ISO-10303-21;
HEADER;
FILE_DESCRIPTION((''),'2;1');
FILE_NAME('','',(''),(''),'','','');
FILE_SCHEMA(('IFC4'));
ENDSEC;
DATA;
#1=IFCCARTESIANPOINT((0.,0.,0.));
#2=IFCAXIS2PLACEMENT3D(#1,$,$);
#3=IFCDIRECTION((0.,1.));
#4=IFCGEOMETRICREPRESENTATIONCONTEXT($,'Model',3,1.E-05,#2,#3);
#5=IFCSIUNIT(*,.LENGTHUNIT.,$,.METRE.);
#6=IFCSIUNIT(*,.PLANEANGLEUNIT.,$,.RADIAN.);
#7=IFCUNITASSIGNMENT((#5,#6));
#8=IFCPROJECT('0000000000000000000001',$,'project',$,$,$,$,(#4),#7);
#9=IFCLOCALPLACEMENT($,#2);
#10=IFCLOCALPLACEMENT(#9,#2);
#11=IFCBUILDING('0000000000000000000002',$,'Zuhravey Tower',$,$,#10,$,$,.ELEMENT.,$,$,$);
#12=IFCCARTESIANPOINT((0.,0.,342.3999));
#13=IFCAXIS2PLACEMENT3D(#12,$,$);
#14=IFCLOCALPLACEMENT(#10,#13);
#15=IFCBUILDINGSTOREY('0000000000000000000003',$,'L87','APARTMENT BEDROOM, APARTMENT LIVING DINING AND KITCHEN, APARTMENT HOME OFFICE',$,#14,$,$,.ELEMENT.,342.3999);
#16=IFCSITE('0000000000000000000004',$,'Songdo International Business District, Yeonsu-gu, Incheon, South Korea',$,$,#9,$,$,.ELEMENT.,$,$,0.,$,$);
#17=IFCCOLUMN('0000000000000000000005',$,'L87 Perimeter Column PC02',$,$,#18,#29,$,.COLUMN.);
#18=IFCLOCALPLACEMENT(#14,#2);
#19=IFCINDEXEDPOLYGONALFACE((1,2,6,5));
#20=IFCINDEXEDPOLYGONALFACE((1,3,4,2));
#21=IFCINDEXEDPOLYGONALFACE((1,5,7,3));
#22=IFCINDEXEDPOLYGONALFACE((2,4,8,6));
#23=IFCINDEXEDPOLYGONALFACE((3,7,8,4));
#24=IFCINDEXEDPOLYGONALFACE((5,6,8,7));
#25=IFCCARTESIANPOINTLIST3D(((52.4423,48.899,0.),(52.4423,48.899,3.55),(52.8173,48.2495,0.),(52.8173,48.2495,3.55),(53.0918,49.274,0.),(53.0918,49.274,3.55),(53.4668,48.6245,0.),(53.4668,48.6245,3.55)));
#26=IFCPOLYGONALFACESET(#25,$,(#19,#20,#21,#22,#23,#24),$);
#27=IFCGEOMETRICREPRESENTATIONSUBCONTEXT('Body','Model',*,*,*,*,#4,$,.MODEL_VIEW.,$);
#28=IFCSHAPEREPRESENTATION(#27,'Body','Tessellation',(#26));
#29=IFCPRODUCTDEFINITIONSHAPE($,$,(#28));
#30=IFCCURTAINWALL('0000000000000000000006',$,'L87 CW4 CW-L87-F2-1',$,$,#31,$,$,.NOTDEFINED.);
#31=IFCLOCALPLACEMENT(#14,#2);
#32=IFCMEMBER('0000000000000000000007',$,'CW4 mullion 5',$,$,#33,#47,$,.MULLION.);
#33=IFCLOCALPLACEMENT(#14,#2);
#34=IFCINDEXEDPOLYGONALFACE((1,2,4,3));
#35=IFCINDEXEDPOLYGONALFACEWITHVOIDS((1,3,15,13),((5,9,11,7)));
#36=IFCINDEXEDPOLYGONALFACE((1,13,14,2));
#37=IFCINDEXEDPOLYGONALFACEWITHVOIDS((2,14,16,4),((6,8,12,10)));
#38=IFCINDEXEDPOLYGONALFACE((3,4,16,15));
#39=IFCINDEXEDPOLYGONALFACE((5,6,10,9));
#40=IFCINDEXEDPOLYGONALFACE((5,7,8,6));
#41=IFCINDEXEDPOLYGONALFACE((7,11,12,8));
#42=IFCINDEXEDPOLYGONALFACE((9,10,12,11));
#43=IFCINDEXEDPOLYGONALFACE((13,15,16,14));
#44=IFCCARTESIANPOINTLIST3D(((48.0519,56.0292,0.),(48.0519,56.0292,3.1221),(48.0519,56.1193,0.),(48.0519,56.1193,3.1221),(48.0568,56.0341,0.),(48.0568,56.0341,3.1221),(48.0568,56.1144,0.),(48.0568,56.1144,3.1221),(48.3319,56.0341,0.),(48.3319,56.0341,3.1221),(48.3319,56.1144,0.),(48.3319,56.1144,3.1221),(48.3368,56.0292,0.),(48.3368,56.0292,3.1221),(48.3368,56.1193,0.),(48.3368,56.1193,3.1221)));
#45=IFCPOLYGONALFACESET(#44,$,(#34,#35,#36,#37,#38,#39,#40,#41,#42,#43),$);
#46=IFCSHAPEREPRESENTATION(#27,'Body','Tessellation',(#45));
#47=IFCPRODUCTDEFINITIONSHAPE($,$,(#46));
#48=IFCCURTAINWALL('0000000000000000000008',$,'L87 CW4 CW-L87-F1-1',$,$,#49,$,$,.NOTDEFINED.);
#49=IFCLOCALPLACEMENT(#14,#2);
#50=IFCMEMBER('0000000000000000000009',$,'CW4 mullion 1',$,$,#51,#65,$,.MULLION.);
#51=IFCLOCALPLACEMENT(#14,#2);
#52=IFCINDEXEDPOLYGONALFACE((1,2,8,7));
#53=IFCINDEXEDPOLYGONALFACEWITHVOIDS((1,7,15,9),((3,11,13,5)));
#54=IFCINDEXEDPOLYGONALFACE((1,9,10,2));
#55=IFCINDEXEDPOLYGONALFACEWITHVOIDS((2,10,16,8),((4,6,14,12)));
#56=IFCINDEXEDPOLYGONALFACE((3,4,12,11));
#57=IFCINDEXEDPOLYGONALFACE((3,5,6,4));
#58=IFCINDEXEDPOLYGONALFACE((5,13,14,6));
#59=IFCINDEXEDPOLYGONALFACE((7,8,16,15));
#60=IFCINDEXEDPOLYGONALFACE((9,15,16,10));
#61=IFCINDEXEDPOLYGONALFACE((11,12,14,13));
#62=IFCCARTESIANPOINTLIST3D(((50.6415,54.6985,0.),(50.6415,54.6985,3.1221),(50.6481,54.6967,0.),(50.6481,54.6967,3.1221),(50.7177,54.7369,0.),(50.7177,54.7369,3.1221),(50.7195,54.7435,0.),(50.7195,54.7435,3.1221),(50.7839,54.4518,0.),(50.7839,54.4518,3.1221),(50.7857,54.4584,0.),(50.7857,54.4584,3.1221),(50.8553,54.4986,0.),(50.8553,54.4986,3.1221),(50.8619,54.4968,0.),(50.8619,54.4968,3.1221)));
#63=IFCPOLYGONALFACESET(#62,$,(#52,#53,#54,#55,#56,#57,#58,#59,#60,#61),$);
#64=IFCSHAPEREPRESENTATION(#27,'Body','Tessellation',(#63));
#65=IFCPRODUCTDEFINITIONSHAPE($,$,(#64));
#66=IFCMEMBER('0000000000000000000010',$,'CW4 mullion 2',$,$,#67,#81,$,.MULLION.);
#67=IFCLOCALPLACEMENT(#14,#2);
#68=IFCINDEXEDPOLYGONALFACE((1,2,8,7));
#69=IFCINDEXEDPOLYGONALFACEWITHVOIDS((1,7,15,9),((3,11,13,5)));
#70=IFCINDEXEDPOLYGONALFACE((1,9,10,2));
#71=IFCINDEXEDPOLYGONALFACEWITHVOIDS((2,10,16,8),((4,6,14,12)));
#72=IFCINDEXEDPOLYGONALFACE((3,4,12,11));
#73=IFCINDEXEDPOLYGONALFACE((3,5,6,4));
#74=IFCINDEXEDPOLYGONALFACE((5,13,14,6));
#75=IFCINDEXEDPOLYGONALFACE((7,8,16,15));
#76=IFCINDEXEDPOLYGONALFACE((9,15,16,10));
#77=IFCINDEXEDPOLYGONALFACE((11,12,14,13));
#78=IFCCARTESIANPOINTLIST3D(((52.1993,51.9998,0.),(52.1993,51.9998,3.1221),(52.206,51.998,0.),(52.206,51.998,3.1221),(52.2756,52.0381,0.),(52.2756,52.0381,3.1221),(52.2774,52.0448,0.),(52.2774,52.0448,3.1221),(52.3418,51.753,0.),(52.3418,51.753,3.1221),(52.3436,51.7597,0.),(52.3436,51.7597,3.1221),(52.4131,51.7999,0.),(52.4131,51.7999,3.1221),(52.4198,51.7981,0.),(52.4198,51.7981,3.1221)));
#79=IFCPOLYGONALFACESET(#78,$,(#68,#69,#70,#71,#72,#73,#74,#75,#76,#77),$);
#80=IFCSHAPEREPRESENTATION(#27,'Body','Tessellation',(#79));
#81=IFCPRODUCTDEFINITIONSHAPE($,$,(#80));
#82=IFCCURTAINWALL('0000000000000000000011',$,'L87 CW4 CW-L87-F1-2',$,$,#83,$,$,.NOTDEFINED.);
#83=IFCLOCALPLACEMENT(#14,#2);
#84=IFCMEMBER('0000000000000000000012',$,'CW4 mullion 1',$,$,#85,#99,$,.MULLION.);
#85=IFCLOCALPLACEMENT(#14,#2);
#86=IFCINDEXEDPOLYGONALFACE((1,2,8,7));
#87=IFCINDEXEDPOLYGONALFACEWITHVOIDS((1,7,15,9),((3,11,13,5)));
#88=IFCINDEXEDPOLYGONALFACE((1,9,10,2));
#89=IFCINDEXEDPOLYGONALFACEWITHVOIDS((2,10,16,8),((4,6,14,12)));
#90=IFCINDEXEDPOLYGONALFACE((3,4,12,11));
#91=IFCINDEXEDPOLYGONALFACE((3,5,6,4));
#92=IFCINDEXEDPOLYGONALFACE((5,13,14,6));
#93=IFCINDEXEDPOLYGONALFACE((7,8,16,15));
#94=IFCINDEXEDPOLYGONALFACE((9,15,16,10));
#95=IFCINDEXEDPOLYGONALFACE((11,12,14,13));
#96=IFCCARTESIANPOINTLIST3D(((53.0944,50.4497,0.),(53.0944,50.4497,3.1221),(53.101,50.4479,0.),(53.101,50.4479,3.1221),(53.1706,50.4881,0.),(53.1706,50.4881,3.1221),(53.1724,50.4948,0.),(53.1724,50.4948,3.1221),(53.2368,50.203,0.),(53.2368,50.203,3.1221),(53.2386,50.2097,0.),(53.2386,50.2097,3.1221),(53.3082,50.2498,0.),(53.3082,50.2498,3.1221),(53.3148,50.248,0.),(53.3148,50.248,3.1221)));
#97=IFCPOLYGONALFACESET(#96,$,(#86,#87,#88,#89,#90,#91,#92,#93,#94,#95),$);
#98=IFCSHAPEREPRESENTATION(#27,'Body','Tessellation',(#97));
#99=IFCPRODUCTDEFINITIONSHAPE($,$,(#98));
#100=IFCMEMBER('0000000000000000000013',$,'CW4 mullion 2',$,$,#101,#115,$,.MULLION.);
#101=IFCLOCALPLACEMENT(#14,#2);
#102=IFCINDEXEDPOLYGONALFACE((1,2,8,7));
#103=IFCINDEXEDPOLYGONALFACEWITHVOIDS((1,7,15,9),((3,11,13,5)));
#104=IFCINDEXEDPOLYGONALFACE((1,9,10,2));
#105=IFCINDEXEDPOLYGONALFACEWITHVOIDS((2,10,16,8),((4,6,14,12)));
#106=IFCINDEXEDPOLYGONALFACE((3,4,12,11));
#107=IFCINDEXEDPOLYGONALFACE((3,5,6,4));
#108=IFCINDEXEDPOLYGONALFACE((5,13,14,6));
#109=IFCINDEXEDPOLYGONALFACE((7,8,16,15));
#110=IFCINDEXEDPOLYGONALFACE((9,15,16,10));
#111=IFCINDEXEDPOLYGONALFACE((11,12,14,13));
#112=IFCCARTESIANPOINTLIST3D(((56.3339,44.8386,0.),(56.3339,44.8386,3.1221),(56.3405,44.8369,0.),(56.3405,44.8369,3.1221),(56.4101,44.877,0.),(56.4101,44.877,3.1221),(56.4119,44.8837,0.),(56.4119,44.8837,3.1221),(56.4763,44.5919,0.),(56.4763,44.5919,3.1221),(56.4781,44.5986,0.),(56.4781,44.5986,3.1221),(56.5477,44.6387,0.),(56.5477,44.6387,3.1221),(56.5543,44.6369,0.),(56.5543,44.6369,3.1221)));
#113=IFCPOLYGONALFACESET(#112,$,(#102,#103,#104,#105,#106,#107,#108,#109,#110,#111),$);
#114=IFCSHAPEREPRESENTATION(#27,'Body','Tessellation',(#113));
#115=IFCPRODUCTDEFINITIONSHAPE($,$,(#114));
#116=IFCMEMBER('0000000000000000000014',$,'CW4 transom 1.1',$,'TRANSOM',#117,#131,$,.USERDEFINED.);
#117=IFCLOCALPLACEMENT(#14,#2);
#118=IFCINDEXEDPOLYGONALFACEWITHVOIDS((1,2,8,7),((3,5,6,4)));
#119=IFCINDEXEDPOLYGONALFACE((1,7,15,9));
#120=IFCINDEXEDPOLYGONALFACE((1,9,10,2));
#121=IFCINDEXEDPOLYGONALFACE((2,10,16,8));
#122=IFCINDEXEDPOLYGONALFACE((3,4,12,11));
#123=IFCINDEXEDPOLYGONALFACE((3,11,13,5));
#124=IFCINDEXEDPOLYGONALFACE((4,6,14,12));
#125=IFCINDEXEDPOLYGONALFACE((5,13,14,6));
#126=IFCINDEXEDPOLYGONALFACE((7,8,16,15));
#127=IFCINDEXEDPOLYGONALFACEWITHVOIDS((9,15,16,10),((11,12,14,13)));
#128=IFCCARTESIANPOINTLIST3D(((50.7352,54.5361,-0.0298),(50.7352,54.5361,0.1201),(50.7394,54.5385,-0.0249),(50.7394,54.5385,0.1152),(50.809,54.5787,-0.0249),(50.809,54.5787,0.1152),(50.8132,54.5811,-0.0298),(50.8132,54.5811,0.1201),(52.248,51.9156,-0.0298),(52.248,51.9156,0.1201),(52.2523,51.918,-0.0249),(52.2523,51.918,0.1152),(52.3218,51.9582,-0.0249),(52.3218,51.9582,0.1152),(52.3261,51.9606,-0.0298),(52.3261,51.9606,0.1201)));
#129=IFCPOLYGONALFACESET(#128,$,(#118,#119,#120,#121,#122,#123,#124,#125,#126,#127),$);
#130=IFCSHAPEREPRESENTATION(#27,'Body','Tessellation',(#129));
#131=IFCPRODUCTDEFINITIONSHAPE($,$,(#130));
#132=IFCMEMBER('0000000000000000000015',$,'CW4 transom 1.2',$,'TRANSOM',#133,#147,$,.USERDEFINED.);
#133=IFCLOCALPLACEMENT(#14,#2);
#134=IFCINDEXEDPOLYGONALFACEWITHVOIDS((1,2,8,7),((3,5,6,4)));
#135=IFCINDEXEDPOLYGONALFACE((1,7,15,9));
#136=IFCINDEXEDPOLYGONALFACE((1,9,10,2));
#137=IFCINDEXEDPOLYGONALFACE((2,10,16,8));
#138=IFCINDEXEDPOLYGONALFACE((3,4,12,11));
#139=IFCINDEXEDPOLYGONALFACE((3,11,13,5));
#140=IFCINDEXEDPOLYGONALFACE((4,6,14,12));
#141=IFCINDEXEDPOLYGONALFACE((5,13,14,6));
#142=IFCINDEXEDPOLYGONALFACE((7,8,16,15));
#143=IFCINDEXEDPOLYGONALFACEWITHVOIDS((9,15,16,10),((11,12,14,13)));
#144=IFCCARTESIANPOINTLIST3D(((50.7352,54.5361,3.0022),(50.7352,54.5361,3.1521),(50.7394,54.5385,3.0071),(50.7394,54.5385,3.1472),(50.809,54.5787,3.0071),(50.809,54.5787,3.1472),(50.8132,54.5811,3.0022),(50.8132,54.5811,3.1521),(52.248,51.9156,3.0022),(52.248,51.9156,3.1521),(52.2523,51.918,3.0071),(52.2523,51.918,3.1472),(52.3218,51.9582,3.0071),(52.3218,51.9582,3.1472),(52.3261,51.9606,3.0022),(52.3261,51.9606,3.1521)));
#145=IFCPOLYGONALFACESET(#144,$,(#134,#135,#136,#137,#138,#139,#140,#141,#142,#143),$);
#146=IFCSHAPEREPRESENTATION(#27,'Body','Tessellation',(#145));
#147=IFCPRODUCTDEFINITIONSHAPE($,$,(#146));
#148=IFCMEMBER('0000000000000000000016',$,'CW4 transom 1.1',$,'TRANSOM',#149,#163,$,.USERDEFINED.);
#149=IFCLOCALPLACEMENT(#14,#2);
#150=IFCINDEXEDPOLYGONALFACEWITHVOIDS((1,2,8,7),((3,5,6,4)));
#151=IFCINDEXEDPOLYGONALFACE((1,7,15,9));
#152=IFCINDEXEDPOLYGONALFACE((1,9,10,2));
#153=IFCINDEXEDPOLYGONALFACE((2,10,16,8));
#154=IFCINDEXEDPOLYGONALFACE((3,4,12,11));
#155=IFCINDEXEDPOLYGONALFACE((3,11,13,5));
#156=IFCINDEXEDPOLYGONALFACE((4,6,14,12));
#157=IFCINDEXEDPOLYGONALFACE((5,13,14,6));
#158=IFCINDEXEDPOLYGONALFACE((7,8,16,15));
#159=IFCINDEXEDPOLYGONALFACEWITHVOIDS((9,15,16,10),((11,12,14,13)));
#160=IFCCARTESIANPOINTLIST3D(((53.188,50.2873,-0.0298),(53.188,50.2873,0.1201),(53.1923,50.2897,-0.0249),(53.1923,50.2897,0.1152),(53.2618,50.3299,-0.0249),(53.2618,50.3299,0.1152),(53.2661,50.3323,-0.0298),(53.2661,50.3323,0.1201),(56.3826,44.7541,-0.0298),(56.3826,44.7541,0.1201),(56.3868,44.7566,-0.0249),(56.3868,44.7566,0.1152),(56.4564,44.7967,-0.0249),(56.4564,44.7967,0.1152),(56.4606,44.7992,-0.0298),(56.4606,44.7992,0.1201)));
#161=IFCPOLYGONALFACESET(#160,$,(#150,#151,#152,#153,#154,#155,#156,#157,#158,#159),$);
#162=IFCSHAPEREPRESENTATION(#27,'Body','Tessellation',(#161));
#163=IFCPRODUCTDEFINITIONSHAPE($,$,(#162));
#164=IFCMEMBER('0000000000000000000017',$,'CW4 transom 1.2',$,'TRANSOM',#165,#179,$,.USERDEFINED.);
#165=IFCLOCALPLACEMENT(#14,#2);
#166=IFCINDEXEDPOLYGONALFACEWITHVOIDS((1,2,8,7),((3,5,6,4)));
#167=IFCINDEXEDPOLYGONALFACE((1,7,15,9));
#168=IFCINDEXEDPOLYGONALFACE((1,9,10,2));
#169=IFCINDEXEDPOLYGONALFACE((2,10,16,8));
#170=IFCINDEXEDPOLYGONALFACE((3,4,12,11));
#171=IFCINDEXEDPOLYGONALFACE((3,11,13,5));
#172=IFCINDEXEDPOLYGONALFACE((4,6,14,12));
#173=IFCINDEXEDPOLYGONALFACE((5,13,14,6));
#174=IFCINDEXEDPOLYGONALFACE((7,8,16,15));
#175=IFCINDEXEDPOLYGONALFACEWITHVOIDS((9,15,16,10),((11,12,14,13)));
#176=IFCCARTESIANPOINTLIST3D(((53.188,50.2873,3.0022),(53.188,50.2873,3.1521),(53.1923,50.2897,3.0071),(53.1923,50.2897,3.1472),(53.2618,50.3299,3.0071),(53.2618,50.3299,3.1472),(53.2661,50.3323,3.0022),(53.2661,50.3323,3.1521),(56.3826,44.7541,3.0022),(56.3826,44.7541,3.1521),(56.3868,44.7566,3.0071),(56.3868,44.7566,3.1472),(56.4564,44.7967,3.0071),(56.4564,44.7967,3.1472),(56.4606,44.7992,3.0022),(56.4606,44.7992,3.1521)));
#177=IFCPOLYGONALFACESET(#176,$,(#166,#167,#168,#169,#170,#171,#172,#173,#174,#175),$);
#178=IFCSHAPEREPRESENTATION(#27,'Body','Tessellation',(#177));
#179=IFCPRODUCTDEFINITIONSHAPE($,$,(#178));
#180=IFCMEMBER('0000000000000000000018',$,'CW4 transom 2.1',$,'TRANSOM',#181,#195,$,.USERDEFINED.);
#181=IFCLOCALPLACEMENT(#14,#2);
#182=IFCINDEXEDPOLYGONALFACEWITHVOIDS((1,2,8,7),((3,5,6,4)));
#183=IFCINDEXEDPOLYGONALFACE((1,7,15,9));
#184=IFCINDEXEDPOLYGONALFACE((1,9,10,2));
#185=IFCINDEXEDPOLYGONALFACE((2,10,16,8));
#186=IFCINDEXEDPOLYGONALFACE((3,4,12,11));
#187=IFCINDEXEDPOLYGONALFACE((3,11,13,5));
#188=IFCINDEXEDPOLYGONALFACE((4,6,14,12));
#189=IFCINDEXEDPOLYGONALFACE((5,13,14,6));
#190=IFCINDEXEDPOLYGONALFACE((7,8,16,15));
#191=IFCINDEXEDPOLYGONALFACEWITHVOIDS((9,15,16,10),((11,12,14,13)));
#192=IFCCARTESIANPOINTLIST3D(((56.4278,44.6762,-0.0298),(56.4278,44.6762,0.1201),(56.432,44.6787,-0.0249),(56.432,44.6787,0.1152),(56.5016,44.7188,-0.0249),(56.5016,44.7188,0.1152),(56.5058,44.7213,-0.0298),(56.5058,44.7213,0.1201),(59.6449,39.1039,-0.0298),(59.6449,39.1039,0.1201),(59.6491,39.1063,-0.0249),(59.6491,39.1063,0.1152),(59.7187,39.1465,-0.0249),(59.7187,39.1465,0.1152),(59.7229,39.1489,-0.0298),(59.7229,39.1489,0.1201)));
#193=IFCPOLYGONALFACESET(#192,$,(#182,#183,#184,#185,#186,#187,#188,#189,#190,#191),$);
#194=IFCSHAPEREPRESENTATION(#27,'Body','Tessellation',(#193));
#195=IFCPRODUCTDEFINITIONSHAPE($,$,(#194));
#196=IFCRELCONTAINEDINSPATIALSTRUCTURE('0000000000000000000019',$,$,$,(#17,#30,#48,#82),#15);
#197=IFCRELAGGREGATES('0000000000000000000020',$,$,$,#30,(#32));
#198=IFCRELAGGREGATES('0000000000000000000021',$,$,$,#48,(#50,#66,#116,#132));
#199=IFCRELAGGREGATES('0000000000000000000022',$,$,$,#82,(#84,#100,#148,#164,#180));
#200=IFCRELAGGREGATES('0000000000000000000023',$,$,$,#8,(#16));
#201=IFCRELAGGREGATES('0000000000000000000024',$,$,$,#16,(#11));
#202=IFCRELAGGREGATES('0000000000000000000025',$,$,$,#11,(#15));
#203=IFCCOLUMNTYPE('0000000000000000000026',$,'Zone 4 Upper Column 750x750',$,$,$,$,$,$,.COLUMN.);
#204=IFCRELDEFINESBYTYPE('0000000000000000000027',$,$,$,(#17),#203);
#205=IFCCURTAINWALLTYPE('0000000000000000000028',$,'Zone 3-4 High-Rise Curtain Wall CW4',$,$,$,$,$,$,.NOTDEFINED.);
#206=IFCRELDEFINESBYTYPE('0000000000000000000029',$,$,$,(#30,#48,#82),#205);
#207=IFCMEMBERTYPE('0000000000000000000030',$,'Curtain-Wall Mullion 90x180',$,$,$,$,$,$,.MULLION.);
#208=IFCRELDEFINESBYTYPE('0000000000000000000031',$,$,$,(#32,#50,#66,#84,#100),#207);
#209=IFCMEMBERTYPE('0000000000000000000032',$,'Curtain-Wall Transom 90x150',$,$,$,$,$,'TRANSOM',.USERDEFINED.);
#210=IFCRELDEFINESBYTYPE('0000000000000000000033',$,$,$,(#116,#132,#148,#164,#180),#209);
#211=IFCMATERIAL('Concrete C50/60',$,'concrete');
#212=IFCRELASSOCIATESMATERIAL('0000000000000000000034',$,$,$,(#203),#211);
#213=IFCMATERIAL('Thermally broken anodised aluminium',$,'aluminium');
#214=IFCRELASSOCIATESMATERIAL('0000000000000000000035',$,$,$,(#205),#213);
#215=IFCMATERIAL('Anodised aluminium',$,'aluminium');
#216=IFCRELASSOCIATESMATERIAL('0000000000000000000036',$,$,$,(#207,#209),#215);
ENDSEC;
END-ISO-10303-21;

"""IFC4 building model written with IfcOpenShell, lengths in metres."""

from ifc_helpers import new_model, si_unit, direction, frame, origin, origin_2d, place, context, subcontext, project, spatial, rectangle, hollow_rectangle, extrude, material, material_profile, profile_set, type_object, element, aggregate, save


model = new_model("IFC4")

# Units and contexts
model_context = context("Model", 3, precision=1e-05, world=origin(), true_north=direction((0.0, 1.0)))
body_context = subcontext(model_context, "Body", "Model", "MODEL_VIEW")
ifc_project = project(units=[si_unit("LENGTHUNIT", "METRE"), si_unit("PLANEANGLEUNIT", "RADIAN")], contexts=[model_context])

# Site, building, storey
site_placement = place(None, origin())
site = spatial("IfcSite", under=ifc_project, at=site_placement, Name="Songdo International Business District, Yeonsu-gu, Incheon, South Korea", CompositionType="ELEMENT", RefElevation=0.0)
building_placement = place(site_placement, origin())
building = spatial("IfcBuilding", under=site, at=building_placement, Name="Zuhravey Tower", CompositionType="ELEMENT")
storey_placement = place(building_placement, frame((0.0, 0.0, 342.3999)))
storey = spatial("IfcBuildingStorey", under=building, at=storey_placement, Name="L87", Description="APARTMENT BEDROOM, APARTMENT LIVING DINING AND KITCHEN, APARTMENT HOME OFFICE", CompositionType="ELEMENT", Elevation=342.3999)

# Column
ifc_material_1 = material(Name="Concrete C50/60", Category="concrete")
ifc_material_profile_1 = material_profile(ifc_material_1, rectangle(XDim=0.75, YDim=0.75, at=origin_2d()), Name="RC-750x750")
ifc_profile_set_1 = profile_set([ifc_material_profile_1], Name="Concrete C50/60")
column_type = type_object("IfcColumnType", Name="Zone 4 Upper Column 750x750", PredefinedType="COLUMN", material=ifc_profile_set_1)
column_placement = place(storey_placement, frame((52.9546, 48.7617, 0.0), z_axis=(0.0, 0.0, 1.0), x_axis=(-0.5, 0.866025, 0.0)))
element("IfcColumn", 1, at=column_placement, inside=storey, type_object=column_type, Name="L87 Perimeter Column PC02", PredefinedType="COLUMN", context=body_context, shape_type="SweptSolid", body=[
    extrude(rectangle(XDim=0.75, YDim=0.75, at=origin_2d()), origin(), (0.0, 0.0, 1.0), 3.55),
])

# Curtain wall, member
ifc_material_2 = material(Name="Thermally broken anodised aluminium", Category="aluminium")
curtain_wall_type = type_object("IfcCurtainWallType", Name="Zone 3-4 High-Rise Curtain Wall CW4", PredefinedType="NOTDEFINED", material=ifc_material_2)
curtain_wall_1_placement = place(storey_placement, origin())
curtain_wall_1 = element("IfcCurtainWall", 2, at=curtain_wall_1_placement, inside=storey, type_object=curtain_wall_type, Name="L87 CW4 CW-L87-F2-1", PredefinedType="NOTDEFINED")
ifc_material_3 = material(Name="Anodised aluminium", Category="aluminium")
ifc_material_profile_2 = material_profile(ifc_material_3, hollow_rectangle(XDim=0.0901, YDim=0.2849, WallThickness=0.0049, at=origin_2d()), Name="ALU-RHS-90x285x5")
ifc_profile_set_2 = profile_set([ifc_material_profile_2], Name="Anodised aluminium")
member_type_1 = type_object("IfcMemberType", Name="Curtain-Wall Mullion 90x180", PredefinedType="MULLION", material=ifc_profile_set_2)
member_1_placement = place(storey_placement, frame((48.1943, 56.0742, 0.0), z_axis=(0.0, 0.0, 1.0), x_axis=(0.0, 1.0, 0.0)))
member_1 = element("IfcMember", 3, at=member_1_placement, type_object=member_type_1, Name="CW4 mullion 5", PredefinedType="MULLION", context=body_context, shape_type="SweptSolid", body=[
    extrude(hollow_rectangle(XDim=0.0901, YDim=0.2849, WallThickness=0.0049, at=origin_2d()), origin(), (0.0, 0.0, 1.0), 3.1221),
])
aggregate(curtain_wall_1, [member_1])

# Curtain walls, members
curtain_wall_2_placement = place(storey_placement, origin())
curtain_wall_2 = element("IfcCurtainWall", 4, at=curtain_wall_2_placement, inside=storey, type_object=curtain_wall_type, Name="L87 CW4 CW-L87-F1-1", PredefinedType="NOTDEFINED")
member_2_placement = place(storey_placement, frame((50.7517, 54.5977, 0.0), z_axis=(0.0, 0.0, 1.0), x_axis=(0.866035, 0.499983, 0.0)))
member_2 = element("IfcMember", 5, at=member_2_placement, type_object=member_type_1, Name="CW4 mullion 1", PredefinedType="MULLION", context=body_context, shape_type="SweptSolid", body=[
    extrude(hollow_rectangle(XDim=0.0901, YDim=0.2849, WallThickness=0.0049, at=origin_2d()), origin(), (0.0, 0.0, 1.0), 3.1221),
])
member_3_placement = place(storey_placement, frame((52.3096, 51.8989, 0.0), z_axis=(0.0, 0.0, 1.0), x_axis=(0.866035, 0.499983, 0.0)))
member_3 = element("IfcMember", 6, at=member_3_placement, type_object=member_type_1, Name="CW4 mullion 2", PredefinedType="MULLION", context=body_context, shape_type="SweptSolid", body=[
    extrude(hollow_rectangle(XDim=0.0901, YDim=0.2849, WallThickness=0.0049, at=origin_2d()), origin(), (0.0, 0.0, 1.0), 3.1221),
])
curtain_wall_3_placement = place(storey_placement, origin())
curtain_wall_3 = element("IfcCurtainWall", 7, at=curtain_wall_3_placement, inside=storey, type_object=curtain_wall_type, Name="L87 CW4 CW-L87-F1-2", PredefinedType="NOTDEFINED")
member_4_placement = place(storey_placement, frame((53.2046, 50.3489, 0.0), z_axis=(0.0, 0.0, 1.0), x_axis=(0.866025, 0.500002, 0.0)))
member_4 = element("IfcMember", 8, at=member_4_placement, type_object=member_type_1, Name="CW4 mullion 1", PredefinedType="MULLION", context=body_context, shape_type="SweptSolid", body=[
    extrude(hollow_rectangle(XDim=0.0901, YDim=0.2849, WallThickness=0.0049, at=origin_2d()), origin(), (0.0, 0.0, 1.0), 3.1221),
])
member_5_placement = place(storey_placement, frame((56.4441, 44.7378, 0.0), z_axis=(0.0, 0.0, 1.0), x_axis=(0.866025, 0.500002, 0.0)))
member_5 = element("IfcMember", 9, at=member_5_placement, type_object=member_type_1, Name="CW4 mullion 2", PredefinedType="MULLION", context=body_context, shape_type="SweptSolid", body=[
    extrude(hollow_rectangle(XDim=0.0901, YDim=0.2849, WallThickness=0.0049, at=origin_2d()), origin(), (0.0, 0.0, 1.0), 3.1221),
])

# Members
ifc_material_profile_3 = material_profile(ifc_material_3, hollow_rectangle(XDim=0.0901, YDim=0.1499, WallThickness=0.0049, at=origin_2d()), Name="ALU-RHS-90x150x5")
ifc_profile_set_3 = profile_set([ifc_material_profile_3], Name="Anodised aluminium")
member_type_2 = type_object("IfcMemberType", Name="Curtain-Wall Transom 90x150", ElementType="TRANSOM", PredefinedType="USERDEFINED", material=ifc_profile_set_3)
member_6_placement = place(storey_placement, frame((50.7742, 54.5586, 0.0452), z_axis=(0.499983, -0.866035, 0.0), x_axis=(0.866035, 0.499983, 0.0)))
member_6 = element("IfcMember", 10, at=member_6_placement, type_object=member_type_2, Name="CW4 transom 1.1", ObjectType="TRANSOM", PredefinedType="USERDEFINED", context=body_context, shape_type="SweptSolid", body=[
    extrude(hollow_rectangle(XDim=0.0901, YDim=0.1499, WallThickness=0.0049, at=origin_2d()), origin(), (0.0, 0.0, 1.0), 3.0259),
])
member_7_placement = place(storey_placement, frame((50.7742, 54.5586, 3.0771), z_axis=(0.499983, -0.866035, 0.0), x_axis=(0.866035, 0.499983, 0.0)))
member_7 = element("IfcMember", 11, at=member_7_placement, type_object=member_type_2, Name="CW4 transom 1.2", ObjectType="TRANSOM", PredefinedType="USERDEFINED", context=body_context, shape_type="SweptSolid", body=[
    extrude(hollow_rectangle(XDim=0.0901, YDim=0.1499, WallThickness=0.0049, at=origin_2d()), origin(), (0.0, 0.0, 1.0), 3.0259),
])
member_8_placement = place(storey_placement, frame((53.2271, 50.3098, 0.0452), z_axis=(0.499998, -0.866027, 0.0), x_axis=(0.866027, 0.499998, 0.0)))
member_8 = element("IfcMember", 12, at=member_8_placement, type_object=member_type_2, Name="CW4 transom 1.1", ObjectType="TRANSOM", PredefinedType="USERDEFINED", context=body_context, shape_type="SweptSolid", body=[
    extrude(hollow_rectangle(XDim=0.0901, YDim=0.1499, WallThickness=0.0049, at=origin_2d()), origin(), (0.0, 0.0, 1.0), 6.3892),
])
member_9_placement = place(storey_placement, frame((53.2271, 50.3098, 3.0771), z_axis=(0.499998, -0.866027, 0.0), x_axis=(0.866027, 0.499998, 0.0)))
member_9 = element("IfcMember", 13, at=member_9_placement, type_object=member_type_2, Name="CW4 transom 1.2", ObjectType="TRANSOM", PredefinedType="USERDEFINED", context=body_context, shape_type="SweptSolid", body=[
    extrude(hollow_rectangle(XDim=0.0901, YDim=0.1499, WallThickness=0.0049, at=origin_2d()), origin(), (0.0, 0.0, 1.0), 6.3892),
])
member_10_placement = place(storey_placement, frame((56.4668, 44.6987, 0.0452), z_axis=(0.499987, -0.866033, 0.0), x_axis=(0.866033, 0.499987, 0.0)))
member_10 = element("IfcMember", 14, at=member_10_placement, type_object=member_type_2, Name="CW4 transom 2.1", ObjectType="TRANSOM", PredefinedType="USERDEFINED", context=body_context, shape_type="SweptSolid", body=[
    extrude(hollow_rectangle(XDim=0.0901, YDim=0.1499, WallThickness=0.0049, at=origin_2d()), origin(), (0.0, 0.0, 1.0), 6.4343),
])

aggregate(curtain_wall_2, [member_2, member_3, member_6, member_7])
aggregate(curtain_wall_3, [member_4, member_5, member_8, member_9, member_10])

save(model, "model.ifc")
